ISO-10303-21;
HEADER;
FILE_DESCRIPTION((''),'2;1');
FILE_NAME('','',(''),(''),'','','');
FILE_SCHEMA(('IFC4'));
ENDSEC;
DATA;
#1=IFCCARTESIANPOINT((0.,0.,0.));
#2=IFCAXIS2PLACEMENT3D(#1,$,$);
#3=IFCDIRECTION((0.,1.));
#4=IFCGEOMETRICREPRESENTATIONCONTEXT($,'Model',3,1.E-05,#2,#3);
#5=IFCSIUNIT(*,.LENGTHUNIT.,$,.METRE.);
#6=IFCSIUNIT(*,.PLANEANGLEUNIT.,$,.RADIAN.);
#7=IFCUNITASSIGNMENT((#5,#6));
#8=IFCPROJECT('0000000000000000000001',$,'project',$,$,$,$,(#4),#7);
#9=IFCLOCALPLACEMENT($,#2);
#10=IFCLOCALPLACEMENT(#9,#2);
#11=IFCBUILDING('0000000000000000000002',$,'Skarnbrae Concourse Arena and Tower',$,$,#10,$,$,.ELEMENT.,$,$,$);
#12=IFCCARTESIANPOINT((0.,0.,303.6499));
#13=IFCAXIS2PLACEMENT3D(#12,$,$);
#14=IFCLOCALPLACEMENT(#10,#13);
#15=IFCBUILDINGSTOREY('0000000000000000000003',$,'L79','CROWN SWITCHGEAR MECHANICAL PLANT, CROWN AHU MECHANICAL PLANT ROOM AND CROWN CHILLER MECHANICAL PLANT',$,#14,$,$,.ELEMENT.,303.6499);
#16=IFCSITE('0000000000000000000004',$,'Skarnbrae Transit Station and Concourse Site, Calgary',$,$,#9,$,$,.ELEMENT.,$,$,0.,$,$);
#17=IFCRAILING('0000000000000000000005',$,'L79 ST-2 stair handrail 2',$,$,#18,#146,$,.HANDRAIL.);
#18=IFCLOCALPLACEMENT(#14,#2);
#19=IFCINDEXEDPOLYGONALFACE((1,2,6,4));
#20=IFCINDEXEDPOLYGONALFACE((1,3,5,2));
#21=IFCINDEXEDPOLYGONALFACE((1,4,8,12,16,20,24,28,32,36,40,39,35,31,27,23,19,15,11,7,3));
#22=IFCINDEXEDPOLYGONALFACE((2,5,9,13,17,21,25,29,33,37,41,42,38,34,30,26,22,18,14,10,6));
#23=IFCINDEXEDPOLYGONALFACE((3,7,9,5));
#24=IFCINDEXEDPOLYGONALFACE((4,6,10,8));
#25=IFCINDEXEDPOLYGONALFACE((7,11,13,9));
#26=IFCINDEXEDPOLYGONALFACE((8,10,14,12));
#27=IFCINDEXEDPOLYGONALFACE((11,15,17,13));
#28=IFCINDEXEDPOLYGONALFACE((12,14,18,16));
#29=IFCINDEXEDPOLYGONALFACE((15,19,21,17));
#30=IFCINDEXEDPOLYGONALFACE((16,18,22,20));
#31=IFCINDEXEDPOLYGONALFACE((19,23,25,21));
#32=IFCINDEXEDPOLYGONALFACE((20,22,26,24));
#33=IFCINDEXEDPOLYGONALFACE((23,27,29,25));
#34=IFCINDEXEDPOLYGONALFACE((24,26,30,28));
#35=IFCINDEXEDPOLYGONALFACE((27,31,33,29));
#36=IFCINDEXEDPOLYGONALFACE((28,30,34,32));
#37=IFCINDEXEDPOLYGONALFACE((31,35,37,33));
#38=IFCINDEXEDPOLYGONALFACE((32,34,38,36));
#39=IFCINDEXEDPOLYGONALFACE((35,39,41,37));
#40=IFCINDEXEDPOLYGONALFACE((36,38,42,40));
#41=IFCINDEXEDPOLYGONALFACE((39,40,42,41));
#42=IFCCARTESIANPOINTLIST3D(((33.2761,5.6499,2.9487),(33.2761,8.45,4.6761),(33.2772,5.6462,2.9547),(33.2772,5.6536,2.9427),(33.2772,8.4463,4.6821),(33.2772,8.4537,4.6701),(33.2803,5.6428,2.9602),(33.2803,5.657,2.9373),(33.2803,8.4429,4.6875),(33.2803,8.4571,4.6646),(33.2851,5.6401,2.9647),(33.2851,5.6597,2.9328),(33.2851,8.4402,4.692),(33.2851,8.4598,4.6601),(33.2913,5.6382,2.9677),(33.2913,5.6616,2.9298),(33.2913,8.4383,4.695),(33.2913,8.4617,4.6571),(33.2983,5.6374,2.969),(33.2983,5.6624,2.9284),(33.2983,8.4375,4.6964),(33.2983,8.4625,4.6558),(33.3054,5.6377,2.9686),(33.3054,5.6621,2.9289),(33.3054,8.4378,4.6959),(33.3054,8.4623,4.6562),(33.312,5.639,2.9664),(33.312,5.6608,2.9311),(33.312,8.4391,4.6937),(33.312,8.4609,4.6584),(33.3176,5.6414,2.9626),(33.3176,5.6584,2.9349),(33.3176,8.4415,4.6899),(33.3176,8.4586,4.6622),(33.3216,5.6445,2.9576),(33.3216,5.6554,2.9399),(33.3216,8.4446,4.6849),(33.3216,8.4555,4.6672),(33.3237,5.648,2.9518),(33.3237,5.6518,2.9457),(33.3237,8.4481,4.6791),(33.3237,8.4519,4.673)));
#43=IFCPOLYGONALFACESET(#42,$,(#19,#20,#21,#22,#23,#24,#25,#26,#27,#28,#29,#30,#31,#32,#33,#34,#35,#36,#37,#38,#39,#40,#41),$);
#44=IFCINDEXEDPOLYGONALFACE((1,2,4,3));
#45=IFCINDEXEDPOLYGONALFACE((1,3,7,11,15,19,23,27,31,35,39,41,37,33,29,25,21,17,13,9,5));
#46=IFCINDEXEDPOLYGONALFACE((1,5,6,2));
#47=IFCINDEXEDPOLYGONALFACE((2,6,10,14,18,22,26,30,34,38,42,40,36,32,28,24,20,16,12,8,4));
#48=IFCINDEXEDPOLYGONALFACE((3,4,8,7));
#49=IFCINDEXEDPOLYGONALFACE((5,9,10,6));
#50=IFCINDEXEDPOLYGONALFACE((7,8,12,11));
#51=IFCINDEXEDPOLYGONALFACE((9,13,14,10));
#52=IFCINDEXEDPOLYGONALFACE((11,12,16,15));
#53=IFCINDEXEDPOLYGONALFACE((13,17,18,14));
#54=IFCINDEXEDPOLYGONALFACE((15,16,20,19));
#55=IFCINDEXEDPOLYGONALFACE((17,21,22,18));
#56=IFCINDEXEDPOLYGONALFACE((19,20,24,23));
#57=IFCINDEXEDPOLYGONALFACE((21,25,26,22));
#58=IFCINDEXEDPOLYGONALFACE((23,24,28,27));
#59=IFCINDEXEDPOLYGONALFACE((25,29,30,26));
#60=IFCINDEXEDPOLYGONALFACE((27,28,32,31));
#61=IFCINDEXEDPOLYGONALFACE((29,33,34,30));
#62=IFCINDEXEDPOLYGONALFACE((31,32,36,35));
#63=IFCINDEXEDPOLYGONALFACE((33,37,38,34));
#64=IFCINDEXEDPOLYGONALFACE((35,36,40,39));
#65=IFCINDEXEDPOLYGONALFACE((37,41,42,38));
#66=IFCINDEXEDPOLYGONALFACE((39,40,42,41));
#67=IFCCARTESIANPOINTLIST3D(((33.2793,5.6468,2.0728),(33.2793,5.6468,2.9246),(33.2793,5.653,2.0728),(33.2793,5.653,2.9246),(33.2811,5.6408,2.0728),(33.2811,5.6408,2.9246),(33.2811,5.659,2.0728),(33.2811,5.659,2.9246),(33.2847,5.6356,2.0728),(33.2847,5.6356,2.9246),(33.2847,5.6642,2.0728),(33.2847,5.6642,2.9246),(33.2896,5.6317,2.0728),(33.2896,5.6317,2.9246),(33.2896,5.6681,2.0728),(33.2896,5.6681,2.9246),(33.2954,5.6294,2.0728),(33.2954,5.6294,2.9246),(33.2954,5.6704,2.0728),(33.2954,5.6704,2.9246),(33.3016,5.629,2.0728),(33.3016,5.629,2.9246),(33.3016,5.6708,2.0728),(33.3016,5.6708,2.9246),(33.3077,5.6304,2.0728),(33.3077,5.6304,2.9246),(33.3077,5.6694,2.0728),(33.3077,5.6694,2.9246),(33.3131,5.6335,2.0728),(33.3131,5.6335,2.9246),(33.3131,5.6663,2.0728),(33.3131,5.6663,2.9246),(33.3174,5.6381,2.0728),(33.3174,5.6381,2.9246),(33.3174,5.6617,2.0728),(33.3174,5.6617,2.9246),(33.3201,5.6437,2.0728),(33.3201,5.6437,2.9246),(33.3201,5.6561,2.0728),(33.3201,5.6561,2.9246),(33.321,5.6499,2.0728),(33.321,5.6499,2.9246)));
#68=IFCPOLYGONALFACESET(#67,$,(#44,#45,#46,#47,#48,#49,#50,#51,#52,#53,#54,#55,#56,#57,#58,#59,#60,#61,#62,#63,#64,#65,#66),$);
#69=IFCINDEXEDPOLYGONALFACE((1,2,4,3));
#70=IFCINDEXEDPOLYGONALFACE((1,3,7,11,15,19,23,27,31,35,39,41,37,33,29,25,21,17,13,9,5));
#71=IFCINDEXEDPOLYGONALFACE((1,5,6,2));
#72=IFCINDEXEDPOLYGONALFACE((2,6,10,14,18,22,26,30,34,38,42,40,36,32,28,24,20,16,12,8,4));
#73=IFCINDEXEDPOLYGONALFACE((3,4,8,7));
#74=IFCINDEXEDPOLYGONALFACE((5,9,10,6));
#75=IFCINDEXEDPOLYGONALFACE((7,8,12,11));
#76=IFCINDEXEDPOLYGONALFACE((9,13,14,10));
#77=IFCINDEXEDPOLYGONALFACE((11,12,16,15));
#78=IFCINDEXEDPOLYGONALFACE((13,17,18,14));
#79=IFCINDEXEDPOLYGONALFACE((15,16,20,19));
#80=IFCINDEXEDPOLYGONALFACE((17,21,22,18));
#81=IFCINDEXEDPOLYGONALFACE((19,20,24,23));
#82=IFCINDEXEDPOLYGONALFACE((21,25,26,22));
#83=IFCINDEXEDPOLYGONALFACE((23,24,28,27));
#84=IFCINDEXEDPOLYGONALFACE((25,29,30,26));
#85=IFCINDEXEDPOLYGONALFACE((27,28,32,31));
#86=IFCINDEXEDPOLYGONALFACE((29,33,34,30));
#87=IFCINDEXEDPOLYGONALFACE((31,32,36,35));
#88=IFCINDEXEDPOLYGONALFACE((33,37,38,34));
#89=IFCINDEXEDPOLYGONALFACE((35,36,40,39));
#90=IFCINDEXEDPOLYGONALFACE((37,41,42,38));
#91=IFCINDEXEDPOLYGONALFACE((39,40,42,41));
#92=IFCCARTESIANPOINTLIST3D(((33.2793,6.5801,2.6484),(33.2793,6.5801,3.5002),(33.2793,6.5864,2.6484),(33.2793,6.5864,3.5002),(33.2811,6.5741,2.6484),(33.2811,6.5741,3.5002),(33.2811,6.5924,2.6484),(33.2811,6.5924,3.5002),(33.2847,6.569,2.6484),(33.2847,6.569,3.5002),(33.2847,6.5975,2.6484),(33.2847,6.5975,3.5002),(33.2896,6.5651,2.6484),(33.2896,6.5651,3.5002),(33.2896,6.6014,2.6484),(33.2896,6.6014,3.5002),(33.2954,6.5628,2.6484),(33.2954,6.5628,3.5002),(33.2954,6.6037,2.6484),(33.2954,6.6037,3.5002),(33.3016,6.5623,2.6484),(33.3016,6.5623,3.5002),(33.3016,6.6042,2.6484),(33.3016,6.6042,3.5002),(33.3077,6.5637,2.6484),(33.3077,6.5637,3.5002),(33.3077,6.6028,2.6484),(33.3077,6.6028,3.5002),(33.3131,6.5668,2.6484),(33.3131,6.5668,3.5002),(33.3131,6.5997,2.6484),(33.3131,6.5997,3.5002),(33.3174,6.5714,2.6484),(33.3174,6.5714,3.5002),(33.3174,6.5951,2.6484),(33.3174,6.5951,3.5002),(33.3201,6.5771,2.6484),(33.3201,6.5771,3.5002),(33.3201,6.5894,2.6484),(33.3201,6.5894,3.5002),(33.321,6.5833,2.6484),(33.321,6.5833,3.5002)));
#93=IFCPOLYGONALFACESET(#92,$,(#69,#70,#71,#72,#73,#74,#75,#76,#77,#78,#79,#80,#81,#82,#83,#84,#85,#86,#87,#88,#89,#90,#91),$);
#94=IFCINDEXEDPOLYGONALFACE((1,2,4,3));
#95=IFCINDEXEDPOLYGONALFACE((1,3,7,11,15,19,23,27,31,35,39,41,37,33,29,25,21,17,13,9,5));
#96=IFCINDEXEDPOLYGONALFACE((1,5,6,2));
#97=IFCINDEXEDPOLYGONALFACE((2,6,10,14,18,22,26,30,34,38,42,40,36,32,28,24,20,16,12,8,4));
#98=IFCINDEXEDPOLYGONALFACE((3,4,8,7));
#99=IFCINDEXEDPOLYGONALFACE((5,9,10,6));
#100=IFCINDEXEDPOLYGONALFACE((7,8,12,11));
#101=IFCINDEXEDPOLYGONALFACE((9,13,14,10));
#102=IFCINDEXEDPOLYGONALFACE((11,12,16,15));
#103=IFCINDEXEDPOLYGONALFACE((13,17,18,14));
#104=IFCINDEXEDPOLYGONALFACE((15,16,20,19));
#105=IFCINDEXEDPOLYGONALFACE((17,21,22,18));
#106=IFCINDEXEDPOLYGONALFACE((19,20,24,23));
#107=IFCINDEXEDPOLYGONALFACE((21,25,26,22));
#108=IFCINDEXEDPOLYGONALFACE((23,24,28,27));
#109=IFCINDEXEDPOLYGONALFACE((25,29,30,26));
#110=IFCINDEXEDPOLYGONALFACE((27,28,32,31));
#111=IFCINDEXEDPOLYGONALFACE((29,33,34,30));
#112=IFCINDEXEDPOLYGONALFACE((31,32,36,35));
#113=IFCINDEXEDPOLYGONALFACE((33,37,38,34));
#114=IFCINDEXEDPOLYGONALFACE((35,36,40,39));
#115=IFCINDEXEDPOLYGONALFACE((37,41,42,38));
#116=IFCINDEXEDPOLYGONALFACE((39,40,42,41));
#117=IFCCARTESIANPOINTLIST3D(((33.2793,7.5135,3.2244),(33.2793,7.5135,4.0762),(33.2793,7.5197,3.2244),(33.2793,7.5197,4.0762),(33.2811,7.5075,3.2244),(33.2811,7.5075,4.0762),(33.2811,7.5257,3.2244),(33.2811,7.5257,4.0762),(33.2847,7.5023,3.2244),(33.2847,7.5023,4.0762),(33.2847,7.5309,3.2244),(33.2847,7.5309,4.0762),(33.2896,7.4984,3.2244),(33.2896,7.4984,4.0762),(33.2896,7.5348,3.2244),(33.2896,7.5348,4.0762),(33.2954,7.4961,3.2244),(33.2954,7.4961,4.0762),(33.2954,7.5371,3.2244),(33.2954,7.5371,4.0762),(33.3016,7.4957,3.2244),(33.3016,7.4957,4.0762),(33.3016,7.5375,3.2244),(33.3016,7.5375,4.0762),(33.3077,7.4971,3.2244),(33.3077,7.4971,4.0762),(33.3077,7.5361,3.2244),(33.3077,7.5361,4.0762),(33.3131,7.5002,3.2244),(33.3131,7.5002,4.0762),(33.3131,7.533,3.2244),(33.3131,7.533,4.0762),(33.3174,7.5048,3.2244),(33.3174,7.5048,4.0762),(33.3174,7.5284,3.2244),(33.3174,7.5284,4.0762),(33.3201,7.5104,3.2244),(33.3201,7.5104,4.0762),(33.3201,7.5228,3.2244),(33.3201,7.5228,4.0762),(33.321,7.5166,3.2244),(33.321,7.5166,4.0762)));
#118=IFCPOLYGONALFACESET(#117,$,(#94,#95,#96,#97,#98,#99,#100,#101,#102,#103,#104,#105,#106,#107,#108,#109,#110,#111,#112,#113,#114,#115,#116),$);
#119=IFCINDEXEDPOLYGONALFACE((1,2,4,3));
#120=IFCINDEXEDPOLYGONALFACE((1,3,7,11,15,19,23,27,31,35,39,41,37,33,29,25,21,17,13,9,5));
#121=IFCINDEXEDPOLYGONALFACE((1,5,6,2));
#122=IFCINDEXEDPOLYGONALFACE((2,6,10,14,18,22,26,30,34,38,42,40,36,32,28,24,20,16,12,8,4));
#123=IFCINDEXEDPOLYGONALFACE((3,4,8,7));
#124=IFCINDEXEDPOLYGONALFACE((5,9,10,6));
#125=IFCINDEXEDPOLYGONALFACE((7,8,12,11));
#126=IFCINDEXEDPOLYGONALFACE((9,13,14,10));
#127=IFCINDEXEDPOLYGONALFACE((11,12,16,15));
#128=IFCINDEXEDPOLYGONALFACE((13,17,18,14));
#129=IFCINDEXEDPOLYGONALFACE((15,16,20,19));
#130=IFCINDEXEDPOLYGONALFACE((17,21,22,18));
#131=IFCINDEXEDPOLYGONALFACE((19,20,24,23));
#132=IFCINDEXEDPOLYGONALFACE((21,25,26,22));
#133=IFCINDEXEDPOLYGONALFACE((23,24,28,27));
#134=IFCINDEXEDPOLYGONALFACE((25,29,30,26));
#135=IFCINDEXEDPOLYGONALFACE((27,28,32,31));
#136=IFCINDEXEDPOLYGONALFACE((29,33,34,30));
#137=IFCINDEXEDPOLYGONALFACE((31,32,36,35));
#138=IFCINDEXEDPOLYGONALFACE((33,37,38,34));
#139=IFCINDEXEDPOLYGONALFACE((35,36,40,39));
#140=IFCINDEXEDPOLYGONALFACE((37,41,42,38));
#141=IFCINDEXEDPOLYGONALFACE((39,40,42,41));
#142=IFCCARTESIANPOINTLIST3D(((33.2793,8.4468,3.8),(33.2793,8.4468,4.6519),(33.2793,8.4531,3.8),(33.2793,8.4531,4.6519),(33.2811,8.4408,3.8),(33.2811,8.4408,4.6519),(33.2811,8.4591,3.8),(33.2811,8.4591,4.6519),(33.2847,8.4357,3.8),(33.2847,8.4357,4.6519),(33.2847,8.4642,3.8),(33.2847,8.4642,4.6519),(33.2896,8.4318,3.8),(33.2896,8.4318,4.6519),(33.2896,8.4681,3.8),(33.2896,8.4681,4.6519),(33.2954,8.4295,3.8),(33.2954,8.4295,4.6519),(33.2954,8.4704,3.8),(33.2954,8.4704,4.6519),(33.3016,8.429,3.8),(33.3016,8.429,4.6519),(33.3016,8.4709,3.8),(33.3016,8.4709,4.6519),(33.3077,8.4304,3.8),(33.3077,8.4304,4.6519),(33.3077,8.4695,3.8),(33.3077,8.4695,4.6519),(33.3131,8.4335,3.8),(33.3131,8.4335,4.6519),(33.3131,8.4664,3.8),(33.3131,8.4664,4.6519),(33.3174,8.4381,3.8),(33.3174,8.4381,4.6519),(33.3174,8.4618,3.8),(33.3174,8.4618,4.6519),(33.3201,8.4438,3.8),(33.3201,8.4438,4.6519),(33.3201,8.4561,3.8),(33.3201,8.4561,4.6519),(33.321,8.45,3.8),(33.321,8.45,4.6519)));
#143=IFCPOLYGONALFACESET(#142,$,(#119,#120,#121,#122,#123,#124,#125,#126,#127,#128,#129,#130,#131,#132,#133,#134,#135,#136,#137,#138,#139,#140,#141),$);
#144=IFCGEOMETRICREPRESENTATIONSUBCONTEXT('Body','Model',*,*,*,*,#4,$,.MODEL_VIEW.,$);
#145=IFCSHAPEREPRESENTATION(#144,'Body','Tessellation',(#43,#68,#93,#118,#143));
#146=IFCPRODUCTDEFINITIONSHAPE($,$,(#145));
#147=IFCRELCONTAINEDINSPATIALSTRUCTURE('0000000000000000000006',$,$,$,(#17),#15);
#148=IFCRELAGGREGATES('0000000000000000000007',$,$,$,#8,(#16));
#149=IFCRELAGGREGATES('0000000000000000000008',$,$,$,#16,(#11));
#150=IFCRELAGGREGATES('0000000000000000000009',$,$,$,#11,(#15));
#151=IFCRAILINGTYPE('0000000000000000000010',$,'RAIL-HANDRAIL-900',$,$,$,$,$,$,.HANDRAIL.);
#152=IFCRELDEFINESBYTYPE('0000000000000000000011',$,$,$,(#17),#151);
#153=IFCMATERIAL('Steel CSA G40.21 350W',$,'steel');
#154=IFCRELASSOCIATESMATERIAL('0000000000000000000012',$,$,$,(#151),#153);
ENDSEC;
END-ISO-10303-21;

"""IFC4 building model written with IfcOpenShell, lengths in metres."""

from ifc_helpers import new_model, si_unit, direction, frame, origin, origin_2d, place, context, subcontext, project, spatial, circle, extrude, material, type_object, element, save


model = new_model("IFC4")

# Units and contexts
model_context = context("Model", 3, precision=1e-05, world=origin(), true_north=direction((0.0, 1.0)))
body_context = subcontext(model_context, "Body", "Model", "MODEL_VIEW")
ifc_project = project(units=[si_unit("LENGTHUNIT", "METRE"), si_unit("PLANEANGLEUNIT", "RADIAN")], contexts=[model_context])

# Site, building, storey
site_placement = place(None, origin())
site = spatial("IfcSite", under=ifc_project, at=site_placement, Name="Skarnbrae Transit Station and Concourse Site, Calgary", CompositionType="ELEMENT", RefElevation=0.0)
building_placement = place(site_placement, origin())
building = spatial("IfcBuilding", under=site, at=building_placement, Name="Skarnbrae Concourse Arena and Tower", CompositionType="ELEMENT")
storey_placement = place(building_placement, frame((0.0, 0.0, 303.6499)))
storey = spatial("IfcBuildingStorey", under=building, at=storey_placement, Name="L79", Description="CROWN SWITCHGEAR MECHANICAL PLANT, CROWN AHU MECHANICAL PLANT ROOM AND CROWN CHILLER MECHANICAL PLANT", CompositionType="ELEMENT", Elevation=303.6499)

# Shared definitions
ifc_material_1 = material(Name="Steel CSA G40.21 350W", Category="steel")

# Railing
railing_type_1 = type_object("IfcRailingType", Name="RAIL-HANDRAIL-900", PredefinedType="HANDRAIL", material=ifc_material_1)
railing_1_placement = place(storey_placement, frame((33.3, 5.6499, 2.0728)))
element("IfcRailing", 1, at=railing_1_placement, inside=storey, type_object=railing_type_1, Name="L79 ST-2 stair handrail 2", PredefinedType="HANDRAIL", context=body_context, shape_type="SweptSolid", body=[
    extrude(circle(Radius=0.0239, at=origin_2d()), frame((0.0, 0.0, 0.876), z_axis=(0.0, 0.85109, 0.52502), x_axis=(-1.0, 0.0, 0.0)), (0.0, 0.0, 1.0), 3.29),
    extrude(circle(Radius=0.021, at=origin_2d()), origin(), (0.0, 0.0, 1.0), 0.8518),
    extrude(circle(Radius=0.021, at=origin_2d()), frame((0.0, 0.9333, 0.5757)), (0.0, 0.0, 1.0), 0.8518),
    extrude(circle(Radius=0.021, at=origin_2d()), frame((0.0, 1.8667, 1.1516)), (0.0, 0.0, 1.0), 0.8518),
    extrude(circle(Radius=0.021, at=origin_2d()), frame((0.0, 2.8, 1.7273)), (0.0, 0.0, 1.0), 0.8518),
])

save(model, "model.ifc")
